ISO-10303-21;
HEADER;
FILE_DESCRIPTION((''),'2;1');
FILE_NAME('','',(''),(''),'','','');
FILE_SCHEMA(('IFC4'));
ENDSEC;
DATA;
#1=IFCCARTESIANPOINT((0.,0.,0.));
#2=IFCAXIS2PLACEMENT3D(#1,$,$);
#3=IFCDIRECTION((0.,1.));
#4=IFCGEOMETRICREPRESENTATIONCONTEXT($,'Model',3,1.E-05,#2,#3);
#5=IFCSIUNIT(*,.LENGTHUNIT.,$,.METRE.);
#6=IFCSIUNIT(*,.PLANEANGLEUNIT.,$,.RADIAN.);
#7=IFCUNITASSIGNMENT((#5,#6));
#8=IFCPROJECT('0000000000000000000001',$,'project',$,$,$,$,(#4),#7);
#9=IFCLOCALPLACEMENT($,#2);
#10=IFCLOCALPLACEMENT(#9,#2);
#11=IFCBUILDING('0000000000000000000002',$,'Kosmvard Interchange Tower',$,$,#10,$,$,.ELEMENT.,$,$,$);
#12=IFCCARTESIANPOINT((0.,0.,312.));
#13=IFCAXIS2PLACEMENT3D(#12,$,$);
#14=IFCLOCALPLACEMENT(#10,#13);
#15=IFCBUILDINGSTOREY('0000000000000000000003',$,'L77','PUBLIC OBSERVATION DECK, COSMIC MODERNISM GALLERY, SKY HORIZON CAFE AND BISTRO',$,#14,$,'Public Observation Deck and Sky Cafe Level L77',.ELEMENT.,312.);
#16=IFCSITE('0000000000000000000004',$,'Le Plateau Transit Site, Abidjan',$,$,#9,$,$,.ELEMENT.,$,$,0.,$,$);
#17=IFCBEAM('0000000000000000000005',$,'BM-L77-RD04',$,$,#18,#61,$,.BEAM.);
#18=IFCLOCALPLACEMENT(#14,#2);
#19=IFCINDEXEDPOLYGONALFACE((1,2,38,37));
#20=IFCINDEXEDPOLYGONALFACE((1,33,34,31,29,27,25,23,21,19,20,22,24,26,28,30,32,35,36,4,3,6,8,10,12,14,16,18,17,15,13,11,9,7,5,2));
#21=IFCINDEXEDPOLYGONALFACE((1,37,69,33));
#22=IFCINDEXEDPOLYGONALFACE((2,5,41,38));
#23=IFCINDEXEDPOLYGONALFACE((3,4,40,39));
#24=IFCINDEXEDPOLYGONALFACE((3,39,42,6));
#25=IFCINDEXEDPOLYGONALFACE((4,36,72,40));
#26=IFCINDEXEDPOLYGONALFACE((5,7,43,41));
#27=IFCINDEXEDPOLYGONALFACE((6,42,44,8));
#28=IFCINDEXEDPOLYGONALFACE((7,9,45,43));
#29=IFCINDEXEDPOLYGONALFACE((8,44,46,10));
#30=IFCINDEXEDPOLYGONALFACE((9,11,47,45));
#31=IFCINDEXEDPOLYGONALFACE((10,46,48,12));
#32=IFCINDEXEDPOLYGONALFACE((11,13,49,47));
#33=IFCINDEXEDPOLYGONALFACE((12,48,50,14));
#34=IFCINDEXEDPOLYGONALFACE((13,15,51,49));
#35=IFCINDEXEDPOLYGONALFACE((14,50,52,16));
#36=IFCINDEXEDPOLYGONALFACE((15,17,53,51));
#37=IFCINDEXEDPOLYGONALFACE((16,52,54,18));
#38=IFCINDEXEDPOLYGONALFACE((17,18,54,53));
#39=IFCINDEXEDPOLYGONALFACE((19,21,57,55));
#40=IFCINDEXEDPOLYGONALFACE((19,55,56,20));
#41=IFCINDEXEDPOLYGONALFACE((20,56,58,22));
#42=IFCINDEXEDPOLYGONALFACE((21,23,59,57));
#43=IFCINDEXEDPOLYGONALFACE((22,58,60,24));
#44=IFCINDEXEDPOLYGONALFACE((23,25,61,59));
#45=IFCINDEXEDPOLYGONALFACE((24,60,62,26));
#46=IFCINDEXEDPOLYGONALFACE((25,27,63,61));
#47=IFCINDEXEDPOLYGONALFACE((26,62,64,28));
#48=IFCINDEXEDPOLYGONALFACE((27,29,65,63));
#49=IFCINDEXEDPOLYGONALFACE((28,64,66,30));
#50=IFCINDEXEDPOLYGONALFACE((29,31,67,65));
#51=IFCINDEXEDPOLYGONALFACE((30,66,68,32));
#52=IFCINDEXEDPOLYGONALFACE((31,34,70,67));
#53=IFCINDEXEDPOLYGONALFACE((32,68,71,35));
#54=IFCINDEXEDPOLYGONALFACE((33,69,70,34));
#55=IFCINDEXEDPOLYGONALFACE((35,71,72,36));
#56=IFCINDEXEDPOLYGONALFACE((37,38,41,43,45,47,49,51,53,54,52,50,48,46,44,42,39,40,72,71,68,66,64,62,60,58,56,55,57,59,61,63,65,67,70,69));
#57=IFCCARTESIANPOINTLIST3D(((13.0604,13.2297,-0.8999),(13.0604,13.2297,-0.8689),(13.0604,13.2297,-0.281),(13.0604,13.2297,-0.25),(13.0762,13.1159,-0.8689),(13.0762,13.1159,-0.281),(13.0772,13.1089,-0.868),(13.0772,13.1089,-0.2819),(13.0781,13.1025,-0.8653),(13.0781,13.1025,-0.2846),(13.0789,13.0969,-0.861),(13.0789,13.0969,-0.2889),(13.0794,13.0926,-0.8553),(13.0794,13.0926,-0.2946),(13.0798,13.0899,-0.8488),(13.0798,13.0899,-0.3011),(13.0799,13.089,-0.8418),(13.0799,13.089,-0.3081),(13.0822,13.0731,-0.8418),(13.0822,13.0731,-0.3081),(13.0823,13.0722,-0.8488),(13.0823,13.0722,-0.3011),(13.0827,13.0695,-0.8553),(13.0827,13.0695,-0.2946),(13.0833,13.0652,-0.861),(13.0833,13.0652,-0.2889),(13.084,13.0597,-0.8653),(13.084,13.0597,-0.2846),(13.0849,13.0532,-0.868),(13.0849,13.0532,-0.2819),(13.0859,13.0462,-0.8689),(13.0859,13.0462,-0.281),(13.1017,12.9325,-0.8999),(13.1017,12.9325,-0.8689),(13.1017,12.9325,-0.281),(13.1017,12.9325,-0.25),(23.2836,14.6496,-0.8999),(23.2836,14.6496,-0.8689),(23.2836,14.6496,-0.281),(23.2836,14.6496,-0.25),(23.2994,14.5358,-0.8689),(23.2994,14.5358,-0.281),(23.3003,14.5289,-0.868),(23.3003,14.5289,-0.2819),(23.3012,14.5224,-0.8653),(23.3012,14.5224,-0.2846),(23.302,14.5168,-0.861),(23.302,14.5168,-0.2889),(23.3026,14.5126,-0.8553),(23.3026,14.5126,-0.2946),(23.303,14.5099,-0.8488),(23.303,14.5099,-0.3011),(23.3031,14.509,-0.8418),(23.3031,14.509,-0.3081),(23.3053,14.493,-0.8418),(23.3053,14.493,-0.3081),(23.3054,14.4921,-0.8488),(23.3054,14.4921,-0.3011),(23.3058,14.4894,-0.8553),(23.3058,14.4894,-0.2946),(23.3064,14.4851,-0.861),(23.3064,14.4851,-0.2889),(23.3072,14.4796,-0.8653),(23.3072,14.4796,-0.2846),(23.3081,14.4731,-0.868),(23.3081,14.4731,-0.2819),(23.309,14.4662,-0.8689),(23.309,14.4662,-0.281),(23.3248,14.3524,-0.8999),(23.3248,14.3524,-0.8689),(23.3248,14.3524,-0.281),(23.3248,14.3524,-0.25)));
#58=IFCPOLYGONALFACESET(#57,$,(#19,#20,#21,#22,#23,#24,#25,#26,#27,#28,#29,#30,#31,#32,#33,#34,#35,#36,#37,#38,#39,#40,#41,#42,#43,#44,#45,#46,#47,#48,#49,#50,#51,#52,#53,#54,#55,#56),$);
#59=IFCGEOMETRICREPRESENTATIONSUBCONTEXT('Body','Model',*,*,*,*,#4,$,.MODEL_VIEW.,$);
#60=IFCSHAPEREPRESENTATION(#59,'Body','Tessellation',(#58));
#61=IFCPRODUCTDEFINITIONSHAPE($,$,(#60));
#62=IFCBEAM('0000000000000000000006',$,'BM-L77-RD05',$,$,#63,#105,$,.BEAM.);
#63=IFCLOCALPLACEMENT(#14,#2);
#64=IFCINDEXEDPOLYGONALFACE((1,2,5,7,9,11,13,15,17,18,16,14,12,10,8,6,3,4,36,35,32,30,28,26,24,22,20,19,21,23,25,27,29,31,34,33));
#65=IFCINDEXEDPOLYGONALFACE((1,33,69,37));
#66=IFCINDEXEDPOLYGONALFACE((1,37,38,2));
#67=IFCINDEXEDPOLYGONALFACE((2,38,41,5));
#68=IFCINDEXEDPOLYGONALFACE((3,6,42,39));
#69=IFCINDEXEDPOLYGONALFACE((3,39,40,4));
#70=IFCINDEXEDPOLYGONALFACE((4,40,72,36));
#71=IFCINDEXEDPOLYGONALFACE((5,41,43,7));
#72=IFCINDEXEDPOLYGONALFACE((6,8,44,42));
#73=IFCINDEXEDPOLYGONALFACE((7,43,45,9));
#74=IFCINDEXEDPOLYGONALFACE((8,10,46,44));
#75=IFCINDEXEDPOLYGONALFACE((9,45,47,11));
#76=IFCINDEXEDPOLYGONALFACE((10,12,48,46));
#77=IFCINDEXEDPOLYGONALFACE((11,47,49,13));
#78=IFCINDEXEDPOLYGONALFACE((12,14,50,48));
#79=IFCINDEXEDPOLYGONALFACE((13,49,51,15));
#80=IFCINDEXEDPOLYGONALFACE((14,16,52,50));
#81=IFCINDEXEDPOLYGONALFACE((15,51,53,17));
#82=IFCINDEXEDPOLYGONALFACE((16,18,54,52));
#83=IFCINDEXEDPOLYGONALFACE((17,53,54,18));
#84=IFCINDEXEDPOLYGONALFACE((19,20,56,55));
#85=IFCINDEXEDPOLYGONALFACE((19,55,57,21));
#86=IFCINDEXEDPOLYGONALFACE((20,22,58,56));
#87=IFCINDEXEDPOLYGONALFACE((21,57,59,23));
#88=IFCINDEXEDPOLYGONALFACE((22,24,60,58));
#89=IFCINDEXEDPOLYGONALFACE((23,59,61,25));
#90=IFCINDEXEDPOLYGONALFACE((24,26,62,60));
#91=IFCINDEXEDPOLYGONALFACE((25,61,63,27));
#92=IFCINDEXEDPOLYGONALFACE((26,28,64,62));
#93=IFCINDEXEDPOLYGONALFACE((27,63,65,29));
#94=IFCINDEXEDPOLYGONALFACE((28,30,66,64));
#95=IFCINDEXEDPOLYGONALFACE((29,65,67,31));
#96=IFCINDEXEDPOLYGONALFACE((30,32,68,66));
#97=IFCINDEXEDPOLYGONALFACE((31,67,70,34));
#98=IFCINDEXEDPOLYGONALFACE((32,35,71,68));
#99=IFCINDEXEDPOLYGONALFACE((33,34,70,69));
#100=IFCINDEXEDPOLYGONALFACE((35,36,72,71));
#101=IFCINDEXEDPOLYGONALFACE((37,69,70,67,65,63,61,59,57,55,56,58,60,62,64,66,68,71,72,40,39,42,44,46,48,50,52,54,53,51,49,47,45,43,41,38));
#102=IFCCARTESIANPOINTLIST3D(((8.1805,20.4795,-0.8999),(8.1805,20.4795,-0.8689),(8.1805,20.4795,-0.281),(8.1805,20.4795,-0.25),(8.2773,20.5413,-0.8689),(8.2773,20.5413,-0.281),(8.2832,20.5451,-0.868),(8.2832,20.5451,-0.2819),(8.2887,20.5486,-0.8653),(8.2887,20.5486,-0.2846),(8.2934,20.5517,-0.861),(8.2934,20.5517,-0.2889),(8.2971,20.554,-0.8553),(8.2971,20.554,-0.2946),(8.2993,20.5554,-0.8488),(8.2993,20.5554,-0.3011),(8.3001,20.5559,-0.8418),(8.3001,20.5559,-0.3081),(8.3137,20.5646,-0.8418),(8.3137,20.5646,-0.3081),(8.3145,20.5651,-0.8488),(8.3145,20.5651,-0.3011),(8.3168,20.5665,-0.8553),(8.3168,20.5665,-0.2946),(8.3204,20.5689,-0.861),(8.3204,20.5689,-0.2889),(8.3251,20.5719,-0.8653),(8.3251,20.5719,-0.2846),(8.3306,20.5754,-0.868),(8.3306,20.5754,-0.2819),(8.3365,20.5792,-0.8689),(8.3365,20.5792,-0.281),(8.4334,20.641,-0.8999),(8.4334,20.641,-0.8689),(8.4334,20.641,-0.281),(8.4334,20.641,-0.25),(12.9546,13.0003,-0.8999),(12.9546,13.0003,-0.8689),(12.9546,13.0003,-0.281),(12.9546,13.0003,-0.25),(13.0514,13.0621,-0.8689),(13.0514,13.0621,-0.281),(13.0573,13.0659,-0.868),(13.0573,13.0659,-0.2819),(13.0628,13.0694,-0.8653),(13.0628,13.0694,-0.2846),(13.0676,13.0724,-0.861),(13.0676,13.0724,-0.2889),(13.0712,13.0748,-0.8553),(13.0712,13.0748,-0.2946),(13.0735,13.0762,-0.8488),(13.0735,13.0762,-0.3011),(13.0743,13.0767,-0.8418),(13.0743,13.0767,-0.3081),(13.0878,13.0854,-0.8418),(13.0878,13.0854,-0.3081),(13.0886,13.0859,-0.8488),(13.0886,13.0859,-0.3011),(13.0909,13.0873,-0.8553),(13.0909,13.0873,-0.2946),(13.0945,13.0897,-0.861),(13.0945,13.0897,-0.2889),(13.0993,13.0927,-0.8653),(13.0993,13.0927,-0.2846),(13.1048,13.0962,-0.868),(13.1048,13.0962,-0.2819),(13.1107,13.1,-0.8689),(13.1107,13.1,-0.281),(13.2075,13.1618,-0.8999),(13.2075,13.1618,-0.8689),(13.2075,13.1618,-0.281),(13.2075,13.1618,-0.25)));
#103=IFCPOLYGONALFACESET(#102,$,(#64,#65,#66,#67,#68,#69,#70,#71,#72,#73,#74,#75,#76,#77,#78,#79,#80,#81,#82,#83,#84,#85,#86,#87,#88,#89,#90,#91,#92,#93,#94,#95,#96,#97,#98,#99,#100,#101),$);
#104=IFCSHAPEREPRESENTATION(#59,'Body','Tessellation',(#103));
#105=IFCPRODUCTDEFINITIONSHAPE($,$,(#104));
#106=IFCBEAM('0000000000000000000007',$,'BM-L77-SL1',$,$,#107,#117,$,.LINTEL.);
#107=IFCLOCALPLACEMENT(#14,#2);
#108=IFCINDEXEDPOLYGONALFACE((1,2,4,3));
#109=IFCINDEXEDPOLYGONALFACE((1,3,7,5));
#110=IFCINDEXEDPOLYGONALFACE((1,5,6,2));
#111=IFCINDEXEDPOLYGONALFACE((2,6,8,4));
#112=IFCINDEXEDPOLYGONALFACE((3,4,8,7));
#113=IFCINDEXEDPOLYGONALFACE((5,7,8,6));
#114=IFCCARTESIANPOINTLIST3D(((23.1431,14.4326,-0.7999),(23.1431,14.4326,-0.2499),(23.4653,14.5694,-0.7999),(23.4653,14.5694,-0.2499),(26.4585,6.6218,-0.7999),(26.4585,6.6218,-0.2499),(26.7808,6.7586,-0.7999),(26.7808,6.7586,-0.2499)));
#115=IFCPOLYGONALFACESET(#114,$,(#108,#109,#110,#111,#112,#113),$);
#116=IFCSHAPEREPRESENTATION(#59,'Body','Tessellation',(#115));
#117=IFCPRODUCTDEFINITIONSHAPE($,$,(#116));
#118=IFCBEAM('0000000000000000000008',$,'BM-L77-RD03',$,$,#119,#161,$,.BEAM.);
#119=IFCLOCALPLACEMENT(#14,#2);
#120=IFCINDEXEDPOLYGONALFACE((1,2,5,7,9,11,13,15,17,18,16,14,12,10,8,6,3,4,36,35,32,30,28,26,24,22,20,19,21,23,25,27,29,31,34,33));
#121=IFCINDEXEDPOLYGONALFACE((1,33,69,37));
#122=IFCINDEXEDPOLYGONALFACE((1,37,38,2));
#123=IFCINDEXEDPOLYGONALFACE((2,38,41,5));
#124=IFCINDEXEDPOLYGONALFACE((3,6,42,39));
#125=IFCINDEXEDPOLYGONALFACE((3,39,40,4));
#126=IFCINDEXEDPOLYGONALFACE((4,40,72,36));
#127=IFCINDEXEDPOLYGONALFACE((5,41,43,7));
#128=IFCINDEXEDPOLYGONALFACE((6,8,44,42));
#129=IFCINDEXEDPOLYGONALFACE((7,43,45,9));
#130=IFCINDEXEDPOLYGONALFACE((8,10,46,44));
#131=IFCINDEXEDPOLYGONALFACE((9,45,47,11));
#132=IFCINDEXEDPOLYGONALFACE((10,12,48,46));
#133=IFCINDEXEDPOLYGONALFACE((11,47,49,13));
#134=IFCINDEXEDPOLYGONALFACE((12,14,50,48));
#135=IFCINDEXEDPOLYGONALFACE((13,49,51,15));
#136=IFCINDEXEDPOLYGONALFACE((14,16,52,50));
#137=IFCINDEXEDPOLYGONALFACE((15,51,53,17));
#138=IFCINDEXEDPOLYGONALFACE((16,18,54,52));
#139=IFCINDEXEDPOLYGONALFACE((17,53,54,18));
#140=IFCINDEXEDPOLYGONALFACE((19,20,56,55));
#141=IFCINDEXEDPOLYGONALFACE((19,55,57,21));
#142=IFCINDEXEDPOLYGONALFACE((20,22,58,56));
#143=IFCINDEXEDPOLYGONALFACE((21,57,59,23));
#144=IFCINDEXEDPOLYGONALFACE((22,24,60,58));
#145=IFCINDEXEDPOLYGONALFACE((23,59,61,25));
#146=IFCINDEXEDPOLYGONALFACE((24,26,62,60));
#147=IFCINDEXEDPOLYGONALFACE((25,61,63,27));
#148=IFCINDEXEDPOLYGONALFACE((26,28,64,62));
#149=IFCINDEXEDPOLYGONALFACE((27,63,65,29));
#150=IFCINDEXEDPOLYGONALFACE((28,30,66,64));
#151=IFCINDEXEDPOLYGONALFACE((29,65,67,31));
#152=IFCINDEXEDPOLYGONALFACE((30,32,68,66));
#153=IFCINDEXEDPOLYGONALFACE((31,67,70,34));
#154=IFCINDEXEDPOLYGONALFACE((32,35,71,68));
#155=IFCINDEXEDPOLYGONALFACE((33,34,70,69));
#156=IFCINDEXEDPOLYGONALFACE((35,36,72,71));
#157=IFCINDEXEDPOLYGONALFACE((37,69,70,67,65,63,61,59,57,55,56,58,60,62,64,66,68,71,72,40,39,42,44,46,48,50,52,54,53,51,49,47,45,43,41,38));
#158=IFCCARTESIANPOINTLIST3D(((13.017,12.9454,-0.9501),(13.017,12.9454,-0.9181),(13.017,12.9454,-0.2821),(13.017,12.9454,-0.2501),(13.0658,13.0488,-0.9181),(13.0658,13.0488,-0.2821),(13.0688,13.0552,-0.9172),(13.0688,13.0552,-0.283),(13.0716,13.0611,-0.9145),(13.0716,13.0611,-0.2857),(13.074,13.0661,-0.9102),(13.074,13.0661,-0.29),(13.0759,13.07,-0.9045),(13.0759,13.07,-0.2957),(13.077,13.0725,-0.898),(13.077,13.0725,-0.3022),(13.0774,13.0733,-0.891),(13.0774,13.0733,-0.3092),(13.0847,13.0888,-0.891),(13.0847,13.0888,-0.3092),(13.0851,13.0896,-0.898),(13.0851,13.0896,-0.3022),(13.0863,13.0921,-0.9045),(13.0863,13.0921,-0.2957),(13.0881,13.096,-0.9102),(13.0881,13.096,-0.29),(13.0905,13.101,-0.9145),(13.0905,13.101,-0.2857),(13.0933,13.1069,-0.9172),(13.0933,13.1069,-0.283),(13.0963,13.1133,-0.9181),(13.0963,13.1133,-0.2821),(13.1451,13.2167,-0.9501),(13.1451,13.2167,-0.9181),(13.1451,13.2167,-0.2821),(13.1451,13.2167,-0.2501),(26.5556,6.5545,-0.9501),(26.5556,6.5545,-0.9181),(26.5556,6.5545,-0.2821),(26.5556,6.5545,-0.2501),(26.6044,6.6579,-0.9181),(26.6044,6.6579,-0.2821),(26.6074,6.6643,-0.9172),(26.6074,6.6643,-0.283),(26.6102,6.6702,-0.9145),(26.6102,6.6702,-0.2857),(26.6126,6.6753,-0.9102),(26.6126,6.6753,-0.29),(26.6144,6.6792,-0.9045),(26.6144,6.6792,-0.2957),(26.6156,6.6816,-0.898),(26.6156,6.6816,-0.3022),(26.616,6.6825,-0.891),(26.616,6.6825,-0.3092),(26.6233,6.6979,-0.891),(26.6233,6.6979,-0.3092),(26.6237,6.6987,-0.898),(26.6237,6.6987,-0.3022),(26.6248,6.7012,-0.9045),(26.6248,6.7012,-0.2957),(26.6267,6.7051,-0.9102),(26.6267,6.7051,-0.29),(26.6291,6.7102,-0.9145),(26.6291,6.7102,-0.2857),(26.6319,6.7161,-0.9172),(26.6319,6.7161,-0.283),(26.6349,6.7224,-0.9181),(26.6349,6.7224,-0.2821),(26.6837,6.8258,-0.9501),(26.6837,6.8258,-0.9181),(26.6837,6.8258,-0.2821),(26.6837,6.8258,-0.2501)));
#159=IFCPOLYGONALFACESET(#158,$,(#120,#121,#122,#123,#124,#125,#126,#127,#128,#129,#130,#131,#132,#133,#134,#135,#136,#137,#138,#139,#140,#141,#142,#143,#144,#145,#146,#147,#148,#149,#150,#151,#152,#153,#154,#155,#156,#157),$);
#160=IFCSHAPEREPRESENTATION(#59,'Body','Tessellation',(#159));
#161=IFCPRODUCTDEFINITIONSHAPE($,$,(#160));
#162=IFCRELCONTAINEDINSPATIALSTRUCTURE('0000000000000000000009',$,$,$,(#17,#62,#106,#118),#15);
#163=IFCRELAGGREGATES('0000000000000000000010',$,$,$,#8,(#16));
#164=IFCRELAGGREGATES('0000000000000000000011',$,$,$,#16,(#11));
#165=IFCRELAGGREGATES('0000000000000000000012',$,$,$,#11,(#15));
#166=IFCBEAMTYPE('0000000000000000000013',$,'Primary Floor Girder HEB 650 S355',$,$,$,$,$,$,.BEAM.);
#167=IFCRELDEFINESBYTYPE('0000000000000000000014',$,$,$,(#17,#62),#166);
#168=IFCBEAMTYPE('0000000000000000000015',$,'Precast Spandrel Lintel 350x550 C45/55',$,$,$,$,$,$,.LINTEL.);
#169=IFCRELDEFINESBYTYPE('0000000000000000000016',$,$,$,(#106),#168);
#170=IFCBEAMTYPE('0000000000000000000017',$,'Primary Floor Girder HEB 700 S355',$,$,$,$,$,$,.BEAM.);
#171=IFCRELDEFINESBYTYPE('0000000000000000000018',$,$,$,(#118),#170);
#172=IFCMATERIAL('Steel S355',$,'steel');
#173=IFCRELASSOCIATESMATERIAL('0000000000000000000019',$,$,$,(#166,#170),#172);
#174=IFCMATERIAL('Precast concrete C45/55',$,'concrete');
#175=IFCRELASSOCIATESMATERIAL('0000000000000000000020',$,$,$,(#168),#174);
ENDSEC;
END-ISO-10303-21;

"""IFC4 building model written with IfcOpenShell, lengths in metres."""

from ifc_helpers import new_model, si_unit, direction, frame, origin, origin_2d, place, context, subcontext, project, spatial, rectangle, i_section, extrude, source, transform, mapped, material, material_profile, profile_set, type_object, element, save


model = new_model("IFC4")

# Units and contexts
model_context = context("Model", 3, precision=1e-05, world=origin(), true_north=direction((0.0, 1.0)))
body_context = subcontext(model_context, "Body", "Model", "MODEL_VIEW")
ifc_project = project(units=[si_unit("LENGTHUNIT", "METRE"), si_unit("PLANEANGLEUNIT", "RADIAN")], contexts=[model_context])

# Site, building, storey
site_placement = place(None, origin())
site = spatial("IfcSite", under=ifc_project, at=site_placement, Name="Le Plateau Transit Site, Abidjan", CompositionType="ELEMENT", RefElevation=0.0)
building_placement = place(site_placement, origin())
building = spatial("IfcBuilding", under=site, at=building_placement, Name="Kosmvard Interchange Tower", CompositionType="ELEMENT")
storey_placement = place(building_placement, frame((0.0, 0.0, 312.0)))
storey = spatial("IfcBuildingStorey", under=building, at=storey_placement, Name="L77", Description="PUBLIC OBSERVATION DECK, COSMIC MODERNISM GALLERY, SKY HORIZON CAFE AND BISTRO", LongName="Public Observation Deck and Sky Cafe Level L77", CompositionType="ELEMENT", Elevation=312.0)

# Beams
ifc_material_1 = material(Name="Steel S355", Category="steel")
ifc_material_profile_1 = material_profile(ifc_material_1, i_section(OverallWidth=0.3, OverallDepth=0.6499, WebThickness=0.0161, FlangeThickness=0.031, FilletRadius=0.0271, at=origin_2d()), Name="HEB 650")
ifc_profile_set_1 = profile_set([ifc_material_profile_1], Name="Steel S355")
beam_type_1 = type_object("IfcBeamType", Name="Primary Floor Girder HEB 650 S355", PredefinedType="BEAM", material=ifc_profile_set_1)
shared_shape_1 = source(origin(), body_context, "Body", "SweptSolid", [
    extrude(i_section(OverallWidth=0.3, OverallDepth=0.6499, WebThickness=0.0161, FlangeThickness=0.031, FilletRadius=0.0271, at=origin_2d()), origin(), (0.0, 0.0, 1.0), 10.3213),
])
beam_1_placement = place(storey_placement, frame((13.0811, 13.0811, -0.575), z_axis=(0.990492, 0.137572, 0.0), x_axis=(-0.137572, 0.990492, 0.0)))
element("IfcBeam", 1, at=beam_1_placement, inside=storey, type_object=beam_type_1, Name="BM-L77-RD04", PredefinedType="BEAM", context=body_context, shape_type="MappedRepresentation", body=[
    mapped(shared_shape_1, transform((0.0, 0.0, 0.0), scale=1.0)),
])
shared_shape_2 = source(origin(), body_context, "Body", "SweptSolid", [
    extrude(i_section(OverallWidth=0.3, OverallDepth=0.6499, WebThickness=0.0161, FlangeThickness=0.031, FilletRadius=0.0271, at=origin_2d()), origin(), (0.0, 0.0, 1.0), 8.873),
])
beam_2_placement = place(storey_placement, frame((13.0811, 13.0811, -0.575), z_axis=(-0.53805, 0.842913, 0.0), x_axis=(-0.842913, -0.53805, 0.0)))
element("IfcBeam", 2, at=beam_2_placement, inside=storey, type_object=beam_type_1, Name="BM-L77-RD05", PredefinedType="BEAM", context=body_context, shape_type="MappedRepresentation", body=[
    mapped(shared_shape_2, transform((0.0, 0.0, 0.0), scale=1.0)),
])
ifc_material_2 = material(Name="Precast concrete C45/55", Category="concrete")
ifc_material_profile_2 = material_profile(ifc_material_2, rectangle(XDim=0.3501, YDim=0.55, at=origin_2d()), Name="SL 350x550")
ifc_profile_set_2 = profile_set([ifc_material_profile_2], Name="Precast concrete C45/55")
beam_type_2 = type_object("IfcBeamType", Name="Precast Spandrel Lintel 350x550 C45/55", PredefinedType="LINTEL", material=ifc_profile_set_2)
shared_shape_3 = source(origin(), body_context, "Body", "SweptSolid", [
    extrude(rectangle(XDim=0.3501, YDim=0.55, at=origin_2d()), origin(), (0.0, 0.0, 1.0), 8.4854),
])
beam_3_placement = place(storey_placement, frame((26.6196, 6.6902, -0.5249), z_axis=(-0.390726, 0.920507, 0.0), x_axis=(-0.920507, -0.390726, 0.0)))
element("IfcBeam", 3, at=beam_3_placement, inside=storey, type_object=beam_type_2, Name="BM-L77-SL1", PredefinedType="LINTEL", context=body_context, shape_type="MappedRepresentation", body=[
    mapped(shared_shape_3, transform((0.0, 0.0, 0.0), scale=1.0)),
])
ifc_material_profile_3 = material_profile(ifc_material_1, i_section(OverallWidth=0.3, OverallDepth=0.7, WebThickness=0.0171, FlangeThickness=0.032, FilletRadius=0.0271, at=origin_2d()), Name="HEB 700")
ifc_profile_set_3 = profile_set([ifc_material_profile_3], Name="Steel S355")
beam_type_3 = type_object("IfcBeamType", Name="Primary Floor Girder HEB 700 S355", PredefinedType="BEAM", material=ifc_profile_set_3)
shared_shape_4 = source(origin(), body_context, "Body", "SweptSolid", [
    extrude(i_section(OverallWidth=0.3, OverallDepth=0.7, WebThickness=0.0171, FlangeThickness=0.032, FilletRadius=0.0271, at=origin_2d()), origin(), (0.0, 0.0, 1.0), 14.9712),
])
beam_4_placement = place(storey_placement, frame((13.0811, 13.0811, -0.6001), z_axis=(0.904309, -0.426878, 0.0), x_axis=(0.426878, 0.904309, 0.0)))
element("IfcBeam", 4, at=beam_4_placement, inside=storey, type_object=beam_type_3, Name="BM-L77-RD03", PredefinedType="BEAM", context=body_context, shape_type="MappedRepresentation", body=[
    mapped(shared_shape_4, transform((0.0, 0.0, 0.0), scale=1.0)),
])

save(model, "model.ifc")
